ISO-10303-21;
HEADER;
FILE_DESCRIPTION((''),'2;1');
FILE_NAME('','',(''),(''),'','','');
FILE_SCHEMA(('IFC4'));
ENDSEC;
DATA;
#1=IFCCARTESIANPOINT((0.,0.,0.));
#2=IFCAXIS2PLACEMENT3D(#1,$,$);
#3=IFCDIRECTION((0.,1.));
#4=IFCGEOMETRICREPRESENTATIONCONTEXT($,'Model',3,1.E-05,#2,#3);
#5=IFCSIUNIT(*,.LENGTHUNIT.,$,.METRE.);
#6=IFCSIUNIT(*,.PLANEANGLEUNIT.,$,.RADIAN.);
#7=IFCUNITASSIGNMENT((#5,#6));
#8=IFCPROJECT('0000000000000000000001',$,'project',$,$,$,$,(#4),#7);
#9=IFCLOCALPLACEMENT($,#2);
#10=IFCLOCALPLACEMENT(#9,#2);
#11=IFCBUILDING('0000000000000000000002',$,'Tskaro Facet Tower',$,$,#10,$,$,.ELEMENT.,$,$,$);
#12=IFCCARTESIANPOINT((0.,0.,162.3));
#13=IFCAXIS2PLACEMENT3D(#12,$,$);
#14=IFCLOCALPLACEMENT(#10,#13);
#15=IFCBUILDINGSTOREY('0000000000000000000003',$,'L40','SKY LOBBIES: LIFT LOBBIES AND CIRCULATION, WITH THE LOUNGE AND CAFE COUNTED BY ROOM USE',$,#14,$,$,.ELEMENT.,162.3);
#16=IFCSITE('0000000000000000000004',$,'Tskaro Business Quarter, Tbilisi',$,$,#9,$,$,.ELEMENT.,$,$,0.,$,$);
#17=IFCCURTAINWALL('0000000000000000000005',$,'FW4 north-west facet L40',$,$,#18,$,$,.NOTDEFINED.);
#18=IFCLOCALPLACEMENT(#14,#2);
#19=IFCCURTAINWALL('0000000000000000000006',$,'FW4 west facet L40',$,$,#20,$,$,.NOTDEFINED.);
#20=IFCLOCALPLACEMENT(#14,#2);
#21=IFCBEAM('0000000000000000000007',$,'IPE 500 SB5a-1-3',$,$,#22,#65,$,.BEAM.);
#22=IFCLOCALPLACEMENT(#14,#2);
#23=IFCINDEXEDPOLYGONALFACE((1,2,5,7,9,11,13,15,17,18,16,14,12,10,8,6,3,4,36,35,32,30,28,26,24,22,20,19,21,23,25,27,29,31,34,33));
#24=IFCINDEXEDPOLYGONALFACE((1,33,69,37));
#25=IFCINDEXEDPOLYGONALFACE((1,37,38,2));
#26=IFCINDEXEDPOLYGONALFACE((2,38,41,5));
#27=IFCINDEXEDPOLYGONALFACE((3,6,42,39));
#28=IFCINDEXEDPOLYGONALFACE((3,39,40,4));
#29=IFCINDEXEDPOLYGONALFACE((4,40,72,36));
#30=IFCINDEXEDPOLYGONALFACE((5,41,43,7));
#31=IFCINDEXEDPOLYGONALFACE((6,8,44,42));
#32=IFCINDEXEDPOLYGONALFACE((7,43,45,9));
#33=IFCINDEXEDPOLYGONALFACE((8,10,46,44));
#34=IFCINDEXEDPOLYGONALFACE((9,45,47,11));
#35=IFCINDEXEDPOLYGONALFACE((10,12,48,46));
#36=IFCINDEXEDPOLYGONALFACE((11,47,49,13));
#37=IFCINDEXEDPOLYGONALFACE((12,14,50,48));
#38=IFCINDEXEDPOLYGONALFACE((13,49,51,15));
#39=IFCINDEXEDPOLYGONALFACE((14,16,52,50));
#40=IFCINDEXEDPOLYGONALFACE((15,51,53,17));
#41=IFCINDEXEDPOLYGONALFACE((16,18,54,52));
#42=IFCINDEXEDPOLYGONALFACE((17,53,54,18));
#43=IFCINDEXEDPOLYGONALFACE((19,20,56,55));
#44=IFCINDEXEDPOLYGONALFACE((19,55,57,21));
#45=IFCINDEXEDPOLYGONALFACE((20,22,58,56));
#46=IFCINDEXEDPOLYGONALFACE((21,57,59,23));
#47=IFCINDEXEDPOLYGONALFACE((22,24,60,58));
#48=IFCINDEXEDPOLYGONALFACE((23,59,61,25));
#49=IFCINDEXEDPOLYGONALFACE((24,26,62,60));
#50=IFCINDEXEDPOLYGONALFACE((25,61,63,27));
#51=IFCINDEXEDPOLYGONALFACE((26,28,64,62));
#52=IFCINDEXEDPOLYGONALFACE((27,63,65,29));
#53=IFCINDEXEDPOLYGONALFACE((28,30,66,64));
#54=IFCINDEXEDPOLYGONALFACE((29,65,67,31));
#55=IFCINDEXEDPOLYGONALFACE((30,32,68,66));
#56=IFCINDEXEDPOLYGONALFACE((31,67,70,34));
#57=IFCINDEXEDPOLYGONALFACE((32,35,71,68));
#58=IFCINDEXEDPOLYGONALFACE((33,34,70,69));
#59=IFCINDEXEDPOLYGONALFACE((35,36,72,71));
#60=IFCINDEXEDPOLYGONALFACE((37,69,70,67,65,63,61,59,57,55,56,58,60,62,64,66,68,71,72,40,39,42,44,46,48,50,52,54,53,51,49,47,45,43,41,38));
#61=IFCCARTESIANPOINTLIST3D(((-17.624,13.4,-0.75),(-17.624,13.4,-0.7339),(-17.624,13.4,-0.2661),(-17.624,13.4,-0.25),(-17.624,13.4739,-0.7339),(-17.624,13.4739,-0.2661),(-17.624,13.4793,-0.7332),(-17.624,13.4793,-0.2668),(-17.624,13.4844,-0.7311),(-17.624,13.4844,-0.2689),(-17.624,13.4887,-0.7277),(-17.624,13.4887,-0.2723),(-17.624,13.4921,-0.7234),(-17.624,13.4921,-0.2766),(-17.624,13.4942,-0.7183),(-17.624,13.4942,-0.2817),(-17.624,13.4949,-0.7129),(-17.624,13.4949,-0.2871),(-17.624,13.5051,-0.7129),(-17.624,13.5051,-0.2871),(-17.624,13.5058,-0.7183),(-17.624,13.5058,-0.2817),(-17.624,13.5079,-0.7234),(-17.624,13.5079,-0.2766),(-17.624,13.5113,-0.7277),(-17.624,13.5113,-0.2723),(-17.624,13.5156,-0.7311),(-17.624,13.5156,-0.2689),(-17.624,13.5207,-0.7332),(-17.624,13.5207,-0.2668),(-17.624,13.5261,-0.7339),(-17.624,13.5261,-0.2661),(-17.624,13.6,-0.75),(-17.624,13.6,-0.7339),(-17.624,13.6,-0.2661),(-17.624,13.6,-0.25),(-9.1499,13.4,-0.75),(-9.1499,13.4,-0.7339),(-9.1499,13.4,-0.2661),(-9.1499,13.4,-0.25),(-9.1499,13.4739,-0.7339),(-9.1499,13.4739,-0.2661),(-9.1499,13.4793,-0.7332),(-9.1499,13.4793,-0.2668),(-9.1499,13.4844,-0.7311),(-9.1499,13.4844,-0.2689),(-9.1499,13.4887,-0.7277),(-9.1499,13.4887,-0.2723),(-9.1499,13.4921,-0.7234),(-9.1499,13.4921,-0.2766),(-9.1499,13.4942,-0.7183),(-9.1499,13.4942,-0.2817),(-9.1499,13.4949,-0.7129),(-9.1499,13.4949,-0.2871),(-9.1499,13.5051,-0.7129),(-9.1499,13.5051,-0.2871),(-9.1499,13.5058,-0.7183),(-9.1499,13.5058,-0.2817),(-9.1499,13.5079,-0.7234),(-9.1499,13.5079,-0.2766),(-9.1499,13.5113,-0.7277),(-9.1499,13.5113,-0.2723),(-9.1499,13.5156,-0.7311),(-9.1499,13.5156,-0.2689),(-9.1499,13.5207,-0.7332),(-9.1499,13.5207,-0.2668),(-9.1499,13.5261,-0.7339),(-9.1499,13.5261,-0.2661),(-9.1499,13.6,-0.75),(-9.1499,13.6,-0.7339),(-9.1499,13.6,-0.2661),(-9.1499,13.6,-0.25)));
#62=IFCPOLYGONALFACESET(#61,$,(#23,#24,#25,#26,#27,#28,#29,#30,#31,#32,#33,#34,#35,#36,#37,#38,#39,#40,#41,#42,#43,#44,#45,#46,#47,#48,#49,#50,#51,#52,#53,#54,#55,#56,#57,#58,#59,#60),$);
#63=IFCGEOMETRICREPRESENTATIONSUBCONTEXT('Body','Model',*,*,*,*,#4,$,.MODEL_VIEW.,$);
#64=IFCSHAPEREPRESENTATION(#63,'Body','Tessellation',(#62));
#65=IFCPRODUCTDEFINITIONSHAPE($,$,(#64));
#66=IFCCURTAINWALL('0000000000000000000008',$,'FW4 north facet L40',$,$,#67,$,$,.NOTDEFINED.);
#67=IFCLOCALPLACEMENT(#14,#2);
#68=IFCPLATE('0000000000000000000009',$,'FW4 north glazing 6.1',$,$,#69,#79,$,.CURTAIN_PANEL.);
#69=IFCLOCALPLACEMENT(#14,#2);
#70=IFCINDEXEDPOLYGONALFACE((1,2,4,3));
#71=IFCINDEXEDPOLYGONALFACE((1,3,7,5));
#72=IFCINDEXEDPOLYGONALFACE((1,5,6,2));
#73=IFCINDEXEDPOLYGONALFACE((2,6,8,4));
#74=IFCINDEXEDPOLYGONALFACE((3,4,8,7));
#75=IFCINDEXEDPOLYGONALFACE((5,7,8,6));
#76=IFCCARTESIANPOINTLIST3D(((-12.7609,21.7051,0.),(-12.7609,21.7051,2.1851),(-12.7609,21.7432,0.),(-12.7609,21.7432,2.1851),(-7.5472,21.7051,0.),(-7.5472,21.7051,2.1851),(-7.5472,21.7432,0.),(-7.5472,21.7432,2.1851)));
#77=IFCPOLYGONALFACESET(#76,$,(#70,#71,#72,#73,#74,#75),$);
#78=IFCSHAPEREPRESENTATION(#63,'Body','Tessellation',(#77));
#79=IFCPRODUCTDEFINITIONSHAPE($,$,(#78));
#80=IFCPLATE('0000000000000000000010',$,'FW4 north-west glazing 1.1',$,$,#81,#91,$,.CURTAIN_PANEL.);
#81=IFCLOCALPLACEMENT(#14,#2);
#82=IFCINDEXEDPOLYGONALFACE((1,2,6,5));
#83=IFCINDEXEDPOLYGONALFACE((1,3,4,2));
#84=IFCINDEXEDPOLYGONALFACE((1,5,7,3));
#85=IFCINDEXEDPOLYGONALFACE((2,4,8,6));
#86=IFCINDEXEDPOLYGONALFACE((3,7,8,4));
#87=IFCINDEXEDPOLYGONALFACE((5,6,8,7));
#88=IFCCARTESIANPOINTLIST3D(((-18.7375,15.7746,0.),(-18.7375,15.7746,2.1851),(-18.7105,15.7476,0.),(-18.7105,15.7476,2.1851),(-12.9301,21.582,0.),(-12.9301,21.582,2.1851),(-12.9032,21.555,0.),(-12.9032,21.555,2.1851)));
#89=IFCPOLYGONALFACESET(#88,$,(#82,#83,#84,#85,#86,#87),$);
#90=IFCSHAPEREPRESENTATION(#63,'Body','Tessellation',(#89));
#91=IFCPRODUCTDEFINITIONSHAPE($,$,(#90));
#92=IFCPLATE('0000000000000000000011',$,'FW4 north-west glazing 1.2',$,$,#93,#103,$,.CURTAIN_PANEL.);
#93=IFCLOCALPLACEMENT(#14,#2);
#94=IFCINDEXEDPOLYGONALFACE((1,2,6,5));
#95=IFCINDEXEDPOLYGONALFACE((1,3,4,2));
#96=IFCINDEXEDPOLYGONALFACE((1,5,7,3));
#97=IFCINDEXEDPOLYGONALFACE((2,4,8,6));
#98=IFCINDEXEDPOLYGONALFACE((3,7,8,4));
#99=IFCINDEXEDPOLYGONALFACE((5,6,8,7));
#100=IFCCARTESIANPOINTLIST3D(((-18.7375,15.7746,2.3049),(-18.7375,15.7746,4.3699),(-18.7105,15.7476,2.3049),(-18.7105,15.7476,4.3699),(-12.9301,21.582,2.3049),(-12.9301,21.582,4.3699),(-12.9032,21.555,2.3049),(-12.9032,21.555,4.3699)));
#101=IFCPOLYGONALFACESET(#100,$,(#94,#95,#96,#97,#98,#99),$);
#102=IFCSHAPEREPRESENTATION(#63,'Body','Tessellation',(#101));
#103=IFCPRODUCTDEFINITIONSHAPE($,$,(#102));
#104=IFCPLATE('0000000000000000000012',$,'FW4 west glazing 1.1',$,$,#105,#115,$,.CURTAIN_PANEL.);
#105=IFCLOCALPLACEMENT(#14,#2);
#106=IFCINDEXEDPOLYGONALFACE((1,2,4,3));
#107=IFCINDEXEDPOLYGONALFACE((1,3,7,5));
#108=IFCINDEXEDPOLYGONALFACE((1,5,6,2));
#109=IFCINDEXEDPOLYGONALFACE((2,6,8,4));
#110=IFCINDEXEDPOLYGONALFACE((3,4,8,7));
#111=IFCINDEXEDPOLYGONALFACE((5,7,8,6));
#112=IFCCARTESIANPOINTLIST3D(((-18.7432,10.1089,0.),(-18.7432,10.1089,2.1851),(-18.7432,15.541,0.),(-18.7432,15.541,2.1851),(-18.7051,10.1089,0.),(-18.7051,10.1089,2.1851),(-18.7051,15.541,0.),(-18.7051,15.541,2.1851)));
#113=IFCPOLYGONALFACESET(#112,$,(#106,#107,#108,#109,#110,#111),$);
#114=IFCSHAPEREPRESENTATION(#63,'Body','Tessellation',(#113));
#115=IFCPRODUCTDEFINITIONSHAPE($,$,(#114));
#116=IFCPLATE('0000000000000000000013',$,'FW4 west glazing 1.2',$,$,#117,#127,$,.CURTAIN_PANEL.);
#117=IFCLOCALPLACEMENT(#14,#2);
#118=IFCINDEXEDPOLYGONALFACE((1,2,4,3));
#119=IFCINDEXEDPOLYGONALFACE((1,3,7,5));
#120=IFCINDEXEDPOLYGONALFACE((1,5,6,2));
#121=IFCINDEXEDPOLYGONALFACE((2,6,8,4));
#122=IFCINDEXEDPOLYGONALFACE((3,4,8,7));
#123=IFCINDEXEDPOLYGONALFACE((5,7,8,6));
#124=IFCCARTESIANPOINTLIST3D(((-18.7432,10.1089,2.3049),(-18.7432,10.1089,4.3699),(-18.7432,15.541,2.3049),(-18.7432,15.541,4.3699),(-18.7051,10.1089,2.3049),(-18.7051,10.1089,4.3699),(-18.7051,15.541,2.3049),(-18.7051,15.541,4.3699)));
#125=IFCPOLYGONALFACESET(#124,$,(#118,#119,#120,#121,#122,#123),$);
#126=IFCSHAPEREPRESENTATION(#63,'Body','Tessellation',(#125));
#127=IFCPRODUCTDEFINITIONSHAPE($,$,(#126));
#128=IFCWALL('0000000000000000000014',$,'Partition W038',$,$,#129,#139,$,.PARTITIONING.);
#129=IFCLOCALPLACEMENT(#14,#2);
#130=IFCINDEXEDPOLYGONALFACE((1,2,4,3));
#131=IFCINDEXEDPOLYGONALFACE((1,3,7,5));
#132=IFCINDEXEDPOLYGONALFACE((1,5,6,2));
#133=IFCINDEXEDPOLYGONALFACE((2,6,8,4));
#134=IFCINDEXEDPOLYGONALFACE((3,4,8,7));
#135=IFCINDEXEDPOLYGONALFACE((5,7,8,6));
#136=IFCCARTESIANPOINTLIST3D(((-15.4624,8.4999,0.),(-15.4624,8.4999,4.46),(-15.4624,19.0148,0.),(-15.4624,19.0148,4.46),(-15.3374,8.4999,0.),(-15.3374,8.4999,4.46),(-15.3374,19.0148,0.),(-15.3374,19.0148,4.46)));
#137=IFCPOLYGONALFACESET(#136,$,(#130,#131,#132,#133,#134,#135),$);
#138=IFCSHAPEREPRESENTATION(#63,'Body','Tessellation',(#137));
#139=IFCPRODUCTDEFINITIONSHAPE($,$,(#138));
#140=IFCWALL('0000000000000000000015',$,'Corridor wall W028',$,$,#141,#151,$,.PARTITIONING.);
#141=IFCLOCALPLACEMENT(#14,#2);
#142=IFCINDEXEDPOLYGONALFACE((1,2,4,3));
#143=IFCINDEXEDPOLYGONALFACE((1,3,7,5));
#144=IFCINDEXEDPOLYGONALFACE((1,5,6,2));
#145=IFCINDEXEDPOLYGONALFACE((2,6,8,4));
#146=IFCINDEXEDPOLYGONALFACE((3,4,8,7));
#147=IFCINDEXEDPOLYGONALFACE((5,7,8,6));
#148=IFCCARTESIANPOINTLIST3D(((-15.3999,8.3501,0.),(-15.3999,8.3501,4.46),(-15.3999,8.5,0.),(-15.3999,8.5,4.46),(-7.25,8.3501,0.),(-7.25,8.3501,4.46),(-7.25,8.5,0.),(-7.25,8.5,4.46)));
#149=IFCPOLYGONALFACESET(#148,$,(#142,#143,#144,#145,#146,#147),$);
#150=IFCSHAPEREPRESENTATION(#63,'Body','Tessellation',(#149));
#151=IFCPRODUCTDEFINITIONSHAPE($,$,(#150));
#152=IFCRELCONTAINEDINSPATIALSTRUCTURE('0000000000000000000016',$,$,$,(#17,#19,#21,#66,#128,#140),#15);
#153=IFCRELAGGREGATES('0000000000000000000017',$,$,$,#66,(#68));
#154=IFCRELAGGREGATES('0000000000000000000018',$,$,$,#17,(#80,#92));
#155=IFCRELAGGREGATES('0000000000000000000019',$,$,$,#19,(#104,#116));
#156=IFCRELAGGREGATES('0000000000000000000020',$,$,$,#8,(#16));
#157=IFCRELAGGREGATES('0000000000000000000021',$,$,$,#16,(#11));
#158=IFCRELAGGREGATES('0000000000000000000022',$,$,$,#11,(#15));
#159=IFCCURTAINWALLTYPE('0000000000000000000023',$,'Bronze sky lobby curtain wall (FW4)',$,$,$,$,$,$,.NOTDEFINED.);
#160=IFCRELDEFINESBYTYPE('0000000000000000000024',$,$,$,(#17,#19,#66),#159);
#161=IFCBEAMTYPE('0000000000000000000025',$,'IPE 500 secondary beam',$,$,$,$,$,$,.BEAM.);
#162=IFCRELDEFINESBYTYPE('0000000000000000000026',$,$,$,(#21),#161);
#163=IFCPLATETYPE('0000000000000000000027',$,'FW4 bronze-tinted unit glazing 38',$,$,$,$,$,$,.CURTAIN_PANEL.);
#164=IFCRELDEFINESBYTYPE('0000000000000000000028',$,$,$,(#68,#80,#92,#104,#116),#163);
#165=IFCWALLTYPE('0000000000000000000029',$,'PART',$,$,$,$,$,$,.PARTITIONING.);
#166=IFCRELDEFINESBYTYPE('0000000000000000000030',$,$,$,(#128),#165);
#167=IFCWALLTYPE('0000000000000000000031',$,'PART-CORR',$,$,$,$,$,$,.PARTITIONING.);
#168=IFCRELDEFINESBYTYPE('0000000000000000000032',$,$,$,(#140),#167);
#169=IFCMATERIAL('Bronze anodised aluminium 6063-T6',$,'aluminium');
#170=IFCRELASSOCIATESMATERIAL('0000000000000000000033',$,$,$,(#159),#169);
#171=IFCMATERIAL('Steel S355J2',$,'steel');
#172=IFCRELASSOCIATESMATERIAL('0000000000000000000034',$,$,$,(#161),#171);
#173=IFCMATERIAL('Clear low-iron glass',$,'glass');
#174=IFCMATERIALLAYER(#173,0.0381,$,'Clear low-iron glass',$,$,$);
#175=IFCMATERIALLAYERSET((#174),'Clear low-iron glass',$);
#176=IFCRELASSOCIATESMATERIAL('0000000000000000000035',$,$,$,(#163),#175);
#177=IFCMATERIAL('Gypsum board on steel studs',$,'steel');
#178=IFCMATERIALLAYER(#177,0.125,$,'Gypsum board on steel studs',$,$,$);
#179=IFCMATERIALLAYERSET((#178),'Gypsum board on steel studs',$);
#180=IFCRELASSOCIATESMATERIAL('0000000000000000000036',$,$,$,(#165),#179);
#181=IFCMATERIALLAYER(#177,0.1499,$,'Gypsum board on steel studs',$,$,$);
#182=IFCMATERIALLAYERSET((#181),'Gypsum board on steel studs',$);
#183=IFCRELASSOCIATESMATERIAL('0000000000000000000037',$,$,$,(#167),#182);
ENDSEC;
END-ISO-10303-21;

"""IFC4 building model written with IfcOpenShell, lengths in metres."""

from ifc_helpers import new_model, si_unit, direction, frame, frame_2d, origin, origin_2d, place, context, subcontext, project, spatial, rectangle, i_section, extrude, material, layer, layer_set, material_profile, profile_set, type_object, element, aggregate, save


model = new_model("IFC4")

# Units and contexts
model_context = context("Model", 3, precision=1e-05, world=origin(), true_north=direction((0.0, 1.0)))
body_context = subcontext(model_context, "Body", "Model", "MODEL_VIEW")
ifc_project = project(units=[si_unit("LENGTHUNIT", "METRE"), si_unit("PLANEANGLEUNIT", "RADIAN")], contexts=[model_context])

# Site, building, storey
site_placement = place(None, origin())
site = spatial("IfcSite", under=ifc_project, at=site_placement, Name="Tskaro Business Quarter, Tbilisi", CompositionType="ELEMENT", RefElevation=0.0)
building_placement = place(site_placement, origin())
building = spatial("IfcBuilding", under=site, at=building_placement, Name="Tskaro Facet Tower", CompositionType="ELEMENT")
storey_placement = place(building_placement, frame((0.0, 0.0, 162.3)))
storey = spatial("IfcBuildingStorey", under=building, at=storey_placement, Name="L40", Description="SKY LOBBIES: LIFT LOBBIES AND CIRCULATION, WITH THE LOUNGE AND CAFE COUNTED BY ROOM USE", CompositionType="ELEMENT", Elevation=162.3)

# Curtain wall
ifc_material_1 = material(Name="Bronze anodised aluminium 6063-T6", Category="aluminium")
curtain_wall_type = type_object("IfcCurtainWallType", Name="Bronze sky lobby curtain wall (FW4)", PredefinedType="NOTDEFINED", material=ifc_material_1)
curtain_wall_1_placement = place(storey_placement, origin())
curtain_wall_1 = element("IfcCurtainWall", 1, at=curtain_wall_1_placement, inside=storey, type_object=curtain_wall_type, Name="FW4 north-west facet L40", PredefinedType="NOTDEFINED")

# Curtain wall
curtain_wall_2_placement = place(storey_placement, origin())
curtain_wall_2 = element("IfcCurtainWall", 2, at=curtain_wall_2_placement, inside=storey, type_object=curtain_wall_type, Name="FW4 west facet L40", PredefinedType="NOTDEFINED")

# Beam
ifc_material_2 = material(Name="Steel S355J2", Category="steel")
ifc_material_profile_1 = material_profile(ifc_material_2, i_section(OverallWidth=0.2, OverallDepth=0.5, WebThickness=0.0103, FlangeThickness=0.0161, FilletRadius=0.021, at=origin_2d()), Name="IPE 500")
ifc_profile_set_1 = profile_set([ifc_material_profile_1], Name="Steel S355J2")
beam_type_1 = type_object("IfcBeamType", Name="IPE 500 secondary beam", PredefinedType="BEAM", material=ifc_profile_set_1)
beam_1_placement = place(storey_placement, frame((-17.624, 13.5, -0.5), z_axis=(1.0, 0.0, 0.0), x_axis=(0.0, 1.0, 0.0)))
element("IfcBeam", 3, at=beam_1_placement, inside=storey, type_object=beam_type_1, Name="IPE 500 SB5a-1-3", PredefinedType="BEAM", context=body_context, shape_type="SweptSolid", body=[
    extrude(i_section(OverallWidth=0.2, OverallDepth=0.5, WebThickness=0.0103, FlangeThickness=0.0161, FilletRadius=0.021, at=origin_2d()), origin(), (0.0, 0.0, 1.0), 8.4741),
])

# Curtain wall, plate
curtain_wall_3_placement = place(storey_placement, origin())
curtain_wall_3 = element("IfcCurtainWall", 4, at=curtain_wall_3_placement, inside=storey, type_object=curtain_wall_type, Name="FW4 north facet L40", PredefinedType="NOTDEFINED")
ifc_material_3 = material(Name="Clear low-iron glass", Category="glass")
ifc_layer_1 = layer(ifc_material_3, 0.0381, Name="Clear low-iron glass")
ifc_layer_set_1 = layer_set([ifc_layer_1], Name="Clear low-iron glass")
plate_type = type_object("IfcPlateType", Name="FW4 bronze-tinted unit glazing 38", PredefinedType="CURTAIN_PANEL", material=ifc_layer_set_1)
plate_1_placement = place(storey_placement, frame((-10.1541, 21.7241, 0.0), z_axis=(0.0, 0.0, 1.0), x_axis=(-1.0, 0.0, 0.0)))
plate_1 = element("IfcPlate", 5, at=plate_1_placement, type_object=plate_type, Name="FW4 north glazing 6.1", PredefinedType="CURTAIN_PANEL", context=body_context, shape_type="SweptSolid", body=[
    extrude(rectangle(XDim=5.2136, YDim=0.0381, at=origin_2d()), origin(), (0.0, 0.0, 1.0), 2.1851),
])
aggregate(curtain_wall_3, [plate_1])

# Plates
plate_2_placement = place(storey_placement, frame((-15.8203, 18.6648, 0.0), z_axis=(0.0, 0.0, 1.0), x_axis=(-0.707107, -0.707107, 0.0)))
plate_2 = element("IfcPlate", 6, at=plate_2_placement, type_object=plate_type, Name="FW4 north-west glazing 1.1", PredefinedType="CURTAIN_PANEL", context=body_context, shape_type="SweptSolid", body=[
    extrude(rectangle(XDim=8.2129, YDim=0.0381, at=origin_2d()), origin(), (0.0, 0.0, 1.0), 2.1851),
])
plate_3_placement = place(storey_placement, frame((-15.8203, 18.6648, 2.3049), z_axis=(0.0, 0.0, 1.0), x_axis=(-0.707107, -0.707107, 0.0)))
plate_3 = element("IfcPlate", 7, at=plate_3_placement, type_object=plate_type, Name="FW4 north-west glazing 1.2", PredefinedType="CURTAIN_PANEL", context=body_context, shape_type="SweptSolid", body=[
    extrude(rectangle(XDim=8.2129, YDim=0.0381, at=origin_2d()), origin(), (0.0, 0.0, 1.0), 2.0649),
])
aggregate(curtain_wall_1, [plate_2, plate_3])
plate_4_placement = place(storey_placement, frame((-18.7241, 12.825, 0.0), z_axis=(0.0, 0.0, 1.0), x_axis=(0.0, -1.0, 0.0)))
plate_4 = element("IfcPlate", 8, at=plate_4_placement, type_object=plate_type, Name="FW4 west glazing 1.1", PredefinedType="CURTAIN_PANEL", context=body_context, shape_type="SweptSolid", body=[
    extrude(rectangle(XDim=5.4321, YDim=0.0381, at=origin_2d()), origin(), (0.0, 0.0, 1.0), 2.1851),
])
plate_5_placement = place(storey_placement, frame((-18.7241, 12.825, 2.3049), z_axis=(0.0, 0.0, 1.0), x_axis=(0.0, -1.0, 0.0)))
plate_5 = element("IfcPlate", 9, at=plate_5_placement, type_object=plate_type, Name="FW4 west glazing 1.2", PredefinedType="CURTAIN_PANEL", context=body_context, shape_type="SweptSolid", body=[
    extrude(rectangle(XDim=5.4321, YDim=0.0381, at=origin_2d()), origin(), (0.0, 0.0, 1.0), 2.0649),
])
aggregate(curtain_wall_2, [plate_4, plate_5])

# Walls
ifc_material_4 = material(Name="Gypsum board on steel studs", Category="steel")
ifc_layer_2 = layer(ifc_material_4, 0.125, Name="Gypsum board on steel studs")
ifc_layer_set_2 = layer_set([ifc_layer_2], Name="Gypsum board on steel studs")
wall_type_1 = type_object("IfcWallType", Name="PART", PredefinedType="PARTITIONING", material=ifc_layer_set_2)
wall_1_placement = place(storey_placement, frame((-15.3999, 8.5, 0.0), z_axis=(0.0, 0.0, 1.0), x_axis=(0.0, 1.0, 0.0)))
element("IfcWall", 10, at=wall_1_placement, inside=storey, type_object=wall_type_1, Name="Partition W038", PredefinedType="PARTITIONING", context=body_context, shape_type="SweptSolid", body=[
    extrude(rectangle(XDim=10.5149, YDim=0.125, at=frame_2d((5.2573, 0.0))), origin(), (0.0, 0.0, 1.0), 4.46),
])
ifc_layer_3 = layer(ifc_material_4, 0.1499, Name="Gypsum board on steel studs")
ifc_layer_set_3 = layer_set([ifc_layer_3], Name="Gypsum board on steel studs")
wall_type_2 = type_object("IfcWallType", Name="PART-CORR", PredefinedType="PARTITIONING", material=ifc_layer_set_3)
wall_2_placement = place(storey_placement, frame((-15.3999, 8.425, 0.0), z_axis=(0.0, 0.0, 1.0), x_axis=(1.0, 0.0, 0.0)))
element("IfcWall", 11, at=wall_2_placement, inside=storey, type_object=wall_type_2, Name="Corridor wall W028", PredefinedType="PARTITIONING", context=body_context, shape_type="SweptSolid", body=[
    extrude(rectangle(XDim=8.1499, YDim=0.1499, at=frame_2d((4.075, 0.0))), origin(), (0.0, 0.0, 1.0), 4.46),
])

save(model, "model.ifc")
